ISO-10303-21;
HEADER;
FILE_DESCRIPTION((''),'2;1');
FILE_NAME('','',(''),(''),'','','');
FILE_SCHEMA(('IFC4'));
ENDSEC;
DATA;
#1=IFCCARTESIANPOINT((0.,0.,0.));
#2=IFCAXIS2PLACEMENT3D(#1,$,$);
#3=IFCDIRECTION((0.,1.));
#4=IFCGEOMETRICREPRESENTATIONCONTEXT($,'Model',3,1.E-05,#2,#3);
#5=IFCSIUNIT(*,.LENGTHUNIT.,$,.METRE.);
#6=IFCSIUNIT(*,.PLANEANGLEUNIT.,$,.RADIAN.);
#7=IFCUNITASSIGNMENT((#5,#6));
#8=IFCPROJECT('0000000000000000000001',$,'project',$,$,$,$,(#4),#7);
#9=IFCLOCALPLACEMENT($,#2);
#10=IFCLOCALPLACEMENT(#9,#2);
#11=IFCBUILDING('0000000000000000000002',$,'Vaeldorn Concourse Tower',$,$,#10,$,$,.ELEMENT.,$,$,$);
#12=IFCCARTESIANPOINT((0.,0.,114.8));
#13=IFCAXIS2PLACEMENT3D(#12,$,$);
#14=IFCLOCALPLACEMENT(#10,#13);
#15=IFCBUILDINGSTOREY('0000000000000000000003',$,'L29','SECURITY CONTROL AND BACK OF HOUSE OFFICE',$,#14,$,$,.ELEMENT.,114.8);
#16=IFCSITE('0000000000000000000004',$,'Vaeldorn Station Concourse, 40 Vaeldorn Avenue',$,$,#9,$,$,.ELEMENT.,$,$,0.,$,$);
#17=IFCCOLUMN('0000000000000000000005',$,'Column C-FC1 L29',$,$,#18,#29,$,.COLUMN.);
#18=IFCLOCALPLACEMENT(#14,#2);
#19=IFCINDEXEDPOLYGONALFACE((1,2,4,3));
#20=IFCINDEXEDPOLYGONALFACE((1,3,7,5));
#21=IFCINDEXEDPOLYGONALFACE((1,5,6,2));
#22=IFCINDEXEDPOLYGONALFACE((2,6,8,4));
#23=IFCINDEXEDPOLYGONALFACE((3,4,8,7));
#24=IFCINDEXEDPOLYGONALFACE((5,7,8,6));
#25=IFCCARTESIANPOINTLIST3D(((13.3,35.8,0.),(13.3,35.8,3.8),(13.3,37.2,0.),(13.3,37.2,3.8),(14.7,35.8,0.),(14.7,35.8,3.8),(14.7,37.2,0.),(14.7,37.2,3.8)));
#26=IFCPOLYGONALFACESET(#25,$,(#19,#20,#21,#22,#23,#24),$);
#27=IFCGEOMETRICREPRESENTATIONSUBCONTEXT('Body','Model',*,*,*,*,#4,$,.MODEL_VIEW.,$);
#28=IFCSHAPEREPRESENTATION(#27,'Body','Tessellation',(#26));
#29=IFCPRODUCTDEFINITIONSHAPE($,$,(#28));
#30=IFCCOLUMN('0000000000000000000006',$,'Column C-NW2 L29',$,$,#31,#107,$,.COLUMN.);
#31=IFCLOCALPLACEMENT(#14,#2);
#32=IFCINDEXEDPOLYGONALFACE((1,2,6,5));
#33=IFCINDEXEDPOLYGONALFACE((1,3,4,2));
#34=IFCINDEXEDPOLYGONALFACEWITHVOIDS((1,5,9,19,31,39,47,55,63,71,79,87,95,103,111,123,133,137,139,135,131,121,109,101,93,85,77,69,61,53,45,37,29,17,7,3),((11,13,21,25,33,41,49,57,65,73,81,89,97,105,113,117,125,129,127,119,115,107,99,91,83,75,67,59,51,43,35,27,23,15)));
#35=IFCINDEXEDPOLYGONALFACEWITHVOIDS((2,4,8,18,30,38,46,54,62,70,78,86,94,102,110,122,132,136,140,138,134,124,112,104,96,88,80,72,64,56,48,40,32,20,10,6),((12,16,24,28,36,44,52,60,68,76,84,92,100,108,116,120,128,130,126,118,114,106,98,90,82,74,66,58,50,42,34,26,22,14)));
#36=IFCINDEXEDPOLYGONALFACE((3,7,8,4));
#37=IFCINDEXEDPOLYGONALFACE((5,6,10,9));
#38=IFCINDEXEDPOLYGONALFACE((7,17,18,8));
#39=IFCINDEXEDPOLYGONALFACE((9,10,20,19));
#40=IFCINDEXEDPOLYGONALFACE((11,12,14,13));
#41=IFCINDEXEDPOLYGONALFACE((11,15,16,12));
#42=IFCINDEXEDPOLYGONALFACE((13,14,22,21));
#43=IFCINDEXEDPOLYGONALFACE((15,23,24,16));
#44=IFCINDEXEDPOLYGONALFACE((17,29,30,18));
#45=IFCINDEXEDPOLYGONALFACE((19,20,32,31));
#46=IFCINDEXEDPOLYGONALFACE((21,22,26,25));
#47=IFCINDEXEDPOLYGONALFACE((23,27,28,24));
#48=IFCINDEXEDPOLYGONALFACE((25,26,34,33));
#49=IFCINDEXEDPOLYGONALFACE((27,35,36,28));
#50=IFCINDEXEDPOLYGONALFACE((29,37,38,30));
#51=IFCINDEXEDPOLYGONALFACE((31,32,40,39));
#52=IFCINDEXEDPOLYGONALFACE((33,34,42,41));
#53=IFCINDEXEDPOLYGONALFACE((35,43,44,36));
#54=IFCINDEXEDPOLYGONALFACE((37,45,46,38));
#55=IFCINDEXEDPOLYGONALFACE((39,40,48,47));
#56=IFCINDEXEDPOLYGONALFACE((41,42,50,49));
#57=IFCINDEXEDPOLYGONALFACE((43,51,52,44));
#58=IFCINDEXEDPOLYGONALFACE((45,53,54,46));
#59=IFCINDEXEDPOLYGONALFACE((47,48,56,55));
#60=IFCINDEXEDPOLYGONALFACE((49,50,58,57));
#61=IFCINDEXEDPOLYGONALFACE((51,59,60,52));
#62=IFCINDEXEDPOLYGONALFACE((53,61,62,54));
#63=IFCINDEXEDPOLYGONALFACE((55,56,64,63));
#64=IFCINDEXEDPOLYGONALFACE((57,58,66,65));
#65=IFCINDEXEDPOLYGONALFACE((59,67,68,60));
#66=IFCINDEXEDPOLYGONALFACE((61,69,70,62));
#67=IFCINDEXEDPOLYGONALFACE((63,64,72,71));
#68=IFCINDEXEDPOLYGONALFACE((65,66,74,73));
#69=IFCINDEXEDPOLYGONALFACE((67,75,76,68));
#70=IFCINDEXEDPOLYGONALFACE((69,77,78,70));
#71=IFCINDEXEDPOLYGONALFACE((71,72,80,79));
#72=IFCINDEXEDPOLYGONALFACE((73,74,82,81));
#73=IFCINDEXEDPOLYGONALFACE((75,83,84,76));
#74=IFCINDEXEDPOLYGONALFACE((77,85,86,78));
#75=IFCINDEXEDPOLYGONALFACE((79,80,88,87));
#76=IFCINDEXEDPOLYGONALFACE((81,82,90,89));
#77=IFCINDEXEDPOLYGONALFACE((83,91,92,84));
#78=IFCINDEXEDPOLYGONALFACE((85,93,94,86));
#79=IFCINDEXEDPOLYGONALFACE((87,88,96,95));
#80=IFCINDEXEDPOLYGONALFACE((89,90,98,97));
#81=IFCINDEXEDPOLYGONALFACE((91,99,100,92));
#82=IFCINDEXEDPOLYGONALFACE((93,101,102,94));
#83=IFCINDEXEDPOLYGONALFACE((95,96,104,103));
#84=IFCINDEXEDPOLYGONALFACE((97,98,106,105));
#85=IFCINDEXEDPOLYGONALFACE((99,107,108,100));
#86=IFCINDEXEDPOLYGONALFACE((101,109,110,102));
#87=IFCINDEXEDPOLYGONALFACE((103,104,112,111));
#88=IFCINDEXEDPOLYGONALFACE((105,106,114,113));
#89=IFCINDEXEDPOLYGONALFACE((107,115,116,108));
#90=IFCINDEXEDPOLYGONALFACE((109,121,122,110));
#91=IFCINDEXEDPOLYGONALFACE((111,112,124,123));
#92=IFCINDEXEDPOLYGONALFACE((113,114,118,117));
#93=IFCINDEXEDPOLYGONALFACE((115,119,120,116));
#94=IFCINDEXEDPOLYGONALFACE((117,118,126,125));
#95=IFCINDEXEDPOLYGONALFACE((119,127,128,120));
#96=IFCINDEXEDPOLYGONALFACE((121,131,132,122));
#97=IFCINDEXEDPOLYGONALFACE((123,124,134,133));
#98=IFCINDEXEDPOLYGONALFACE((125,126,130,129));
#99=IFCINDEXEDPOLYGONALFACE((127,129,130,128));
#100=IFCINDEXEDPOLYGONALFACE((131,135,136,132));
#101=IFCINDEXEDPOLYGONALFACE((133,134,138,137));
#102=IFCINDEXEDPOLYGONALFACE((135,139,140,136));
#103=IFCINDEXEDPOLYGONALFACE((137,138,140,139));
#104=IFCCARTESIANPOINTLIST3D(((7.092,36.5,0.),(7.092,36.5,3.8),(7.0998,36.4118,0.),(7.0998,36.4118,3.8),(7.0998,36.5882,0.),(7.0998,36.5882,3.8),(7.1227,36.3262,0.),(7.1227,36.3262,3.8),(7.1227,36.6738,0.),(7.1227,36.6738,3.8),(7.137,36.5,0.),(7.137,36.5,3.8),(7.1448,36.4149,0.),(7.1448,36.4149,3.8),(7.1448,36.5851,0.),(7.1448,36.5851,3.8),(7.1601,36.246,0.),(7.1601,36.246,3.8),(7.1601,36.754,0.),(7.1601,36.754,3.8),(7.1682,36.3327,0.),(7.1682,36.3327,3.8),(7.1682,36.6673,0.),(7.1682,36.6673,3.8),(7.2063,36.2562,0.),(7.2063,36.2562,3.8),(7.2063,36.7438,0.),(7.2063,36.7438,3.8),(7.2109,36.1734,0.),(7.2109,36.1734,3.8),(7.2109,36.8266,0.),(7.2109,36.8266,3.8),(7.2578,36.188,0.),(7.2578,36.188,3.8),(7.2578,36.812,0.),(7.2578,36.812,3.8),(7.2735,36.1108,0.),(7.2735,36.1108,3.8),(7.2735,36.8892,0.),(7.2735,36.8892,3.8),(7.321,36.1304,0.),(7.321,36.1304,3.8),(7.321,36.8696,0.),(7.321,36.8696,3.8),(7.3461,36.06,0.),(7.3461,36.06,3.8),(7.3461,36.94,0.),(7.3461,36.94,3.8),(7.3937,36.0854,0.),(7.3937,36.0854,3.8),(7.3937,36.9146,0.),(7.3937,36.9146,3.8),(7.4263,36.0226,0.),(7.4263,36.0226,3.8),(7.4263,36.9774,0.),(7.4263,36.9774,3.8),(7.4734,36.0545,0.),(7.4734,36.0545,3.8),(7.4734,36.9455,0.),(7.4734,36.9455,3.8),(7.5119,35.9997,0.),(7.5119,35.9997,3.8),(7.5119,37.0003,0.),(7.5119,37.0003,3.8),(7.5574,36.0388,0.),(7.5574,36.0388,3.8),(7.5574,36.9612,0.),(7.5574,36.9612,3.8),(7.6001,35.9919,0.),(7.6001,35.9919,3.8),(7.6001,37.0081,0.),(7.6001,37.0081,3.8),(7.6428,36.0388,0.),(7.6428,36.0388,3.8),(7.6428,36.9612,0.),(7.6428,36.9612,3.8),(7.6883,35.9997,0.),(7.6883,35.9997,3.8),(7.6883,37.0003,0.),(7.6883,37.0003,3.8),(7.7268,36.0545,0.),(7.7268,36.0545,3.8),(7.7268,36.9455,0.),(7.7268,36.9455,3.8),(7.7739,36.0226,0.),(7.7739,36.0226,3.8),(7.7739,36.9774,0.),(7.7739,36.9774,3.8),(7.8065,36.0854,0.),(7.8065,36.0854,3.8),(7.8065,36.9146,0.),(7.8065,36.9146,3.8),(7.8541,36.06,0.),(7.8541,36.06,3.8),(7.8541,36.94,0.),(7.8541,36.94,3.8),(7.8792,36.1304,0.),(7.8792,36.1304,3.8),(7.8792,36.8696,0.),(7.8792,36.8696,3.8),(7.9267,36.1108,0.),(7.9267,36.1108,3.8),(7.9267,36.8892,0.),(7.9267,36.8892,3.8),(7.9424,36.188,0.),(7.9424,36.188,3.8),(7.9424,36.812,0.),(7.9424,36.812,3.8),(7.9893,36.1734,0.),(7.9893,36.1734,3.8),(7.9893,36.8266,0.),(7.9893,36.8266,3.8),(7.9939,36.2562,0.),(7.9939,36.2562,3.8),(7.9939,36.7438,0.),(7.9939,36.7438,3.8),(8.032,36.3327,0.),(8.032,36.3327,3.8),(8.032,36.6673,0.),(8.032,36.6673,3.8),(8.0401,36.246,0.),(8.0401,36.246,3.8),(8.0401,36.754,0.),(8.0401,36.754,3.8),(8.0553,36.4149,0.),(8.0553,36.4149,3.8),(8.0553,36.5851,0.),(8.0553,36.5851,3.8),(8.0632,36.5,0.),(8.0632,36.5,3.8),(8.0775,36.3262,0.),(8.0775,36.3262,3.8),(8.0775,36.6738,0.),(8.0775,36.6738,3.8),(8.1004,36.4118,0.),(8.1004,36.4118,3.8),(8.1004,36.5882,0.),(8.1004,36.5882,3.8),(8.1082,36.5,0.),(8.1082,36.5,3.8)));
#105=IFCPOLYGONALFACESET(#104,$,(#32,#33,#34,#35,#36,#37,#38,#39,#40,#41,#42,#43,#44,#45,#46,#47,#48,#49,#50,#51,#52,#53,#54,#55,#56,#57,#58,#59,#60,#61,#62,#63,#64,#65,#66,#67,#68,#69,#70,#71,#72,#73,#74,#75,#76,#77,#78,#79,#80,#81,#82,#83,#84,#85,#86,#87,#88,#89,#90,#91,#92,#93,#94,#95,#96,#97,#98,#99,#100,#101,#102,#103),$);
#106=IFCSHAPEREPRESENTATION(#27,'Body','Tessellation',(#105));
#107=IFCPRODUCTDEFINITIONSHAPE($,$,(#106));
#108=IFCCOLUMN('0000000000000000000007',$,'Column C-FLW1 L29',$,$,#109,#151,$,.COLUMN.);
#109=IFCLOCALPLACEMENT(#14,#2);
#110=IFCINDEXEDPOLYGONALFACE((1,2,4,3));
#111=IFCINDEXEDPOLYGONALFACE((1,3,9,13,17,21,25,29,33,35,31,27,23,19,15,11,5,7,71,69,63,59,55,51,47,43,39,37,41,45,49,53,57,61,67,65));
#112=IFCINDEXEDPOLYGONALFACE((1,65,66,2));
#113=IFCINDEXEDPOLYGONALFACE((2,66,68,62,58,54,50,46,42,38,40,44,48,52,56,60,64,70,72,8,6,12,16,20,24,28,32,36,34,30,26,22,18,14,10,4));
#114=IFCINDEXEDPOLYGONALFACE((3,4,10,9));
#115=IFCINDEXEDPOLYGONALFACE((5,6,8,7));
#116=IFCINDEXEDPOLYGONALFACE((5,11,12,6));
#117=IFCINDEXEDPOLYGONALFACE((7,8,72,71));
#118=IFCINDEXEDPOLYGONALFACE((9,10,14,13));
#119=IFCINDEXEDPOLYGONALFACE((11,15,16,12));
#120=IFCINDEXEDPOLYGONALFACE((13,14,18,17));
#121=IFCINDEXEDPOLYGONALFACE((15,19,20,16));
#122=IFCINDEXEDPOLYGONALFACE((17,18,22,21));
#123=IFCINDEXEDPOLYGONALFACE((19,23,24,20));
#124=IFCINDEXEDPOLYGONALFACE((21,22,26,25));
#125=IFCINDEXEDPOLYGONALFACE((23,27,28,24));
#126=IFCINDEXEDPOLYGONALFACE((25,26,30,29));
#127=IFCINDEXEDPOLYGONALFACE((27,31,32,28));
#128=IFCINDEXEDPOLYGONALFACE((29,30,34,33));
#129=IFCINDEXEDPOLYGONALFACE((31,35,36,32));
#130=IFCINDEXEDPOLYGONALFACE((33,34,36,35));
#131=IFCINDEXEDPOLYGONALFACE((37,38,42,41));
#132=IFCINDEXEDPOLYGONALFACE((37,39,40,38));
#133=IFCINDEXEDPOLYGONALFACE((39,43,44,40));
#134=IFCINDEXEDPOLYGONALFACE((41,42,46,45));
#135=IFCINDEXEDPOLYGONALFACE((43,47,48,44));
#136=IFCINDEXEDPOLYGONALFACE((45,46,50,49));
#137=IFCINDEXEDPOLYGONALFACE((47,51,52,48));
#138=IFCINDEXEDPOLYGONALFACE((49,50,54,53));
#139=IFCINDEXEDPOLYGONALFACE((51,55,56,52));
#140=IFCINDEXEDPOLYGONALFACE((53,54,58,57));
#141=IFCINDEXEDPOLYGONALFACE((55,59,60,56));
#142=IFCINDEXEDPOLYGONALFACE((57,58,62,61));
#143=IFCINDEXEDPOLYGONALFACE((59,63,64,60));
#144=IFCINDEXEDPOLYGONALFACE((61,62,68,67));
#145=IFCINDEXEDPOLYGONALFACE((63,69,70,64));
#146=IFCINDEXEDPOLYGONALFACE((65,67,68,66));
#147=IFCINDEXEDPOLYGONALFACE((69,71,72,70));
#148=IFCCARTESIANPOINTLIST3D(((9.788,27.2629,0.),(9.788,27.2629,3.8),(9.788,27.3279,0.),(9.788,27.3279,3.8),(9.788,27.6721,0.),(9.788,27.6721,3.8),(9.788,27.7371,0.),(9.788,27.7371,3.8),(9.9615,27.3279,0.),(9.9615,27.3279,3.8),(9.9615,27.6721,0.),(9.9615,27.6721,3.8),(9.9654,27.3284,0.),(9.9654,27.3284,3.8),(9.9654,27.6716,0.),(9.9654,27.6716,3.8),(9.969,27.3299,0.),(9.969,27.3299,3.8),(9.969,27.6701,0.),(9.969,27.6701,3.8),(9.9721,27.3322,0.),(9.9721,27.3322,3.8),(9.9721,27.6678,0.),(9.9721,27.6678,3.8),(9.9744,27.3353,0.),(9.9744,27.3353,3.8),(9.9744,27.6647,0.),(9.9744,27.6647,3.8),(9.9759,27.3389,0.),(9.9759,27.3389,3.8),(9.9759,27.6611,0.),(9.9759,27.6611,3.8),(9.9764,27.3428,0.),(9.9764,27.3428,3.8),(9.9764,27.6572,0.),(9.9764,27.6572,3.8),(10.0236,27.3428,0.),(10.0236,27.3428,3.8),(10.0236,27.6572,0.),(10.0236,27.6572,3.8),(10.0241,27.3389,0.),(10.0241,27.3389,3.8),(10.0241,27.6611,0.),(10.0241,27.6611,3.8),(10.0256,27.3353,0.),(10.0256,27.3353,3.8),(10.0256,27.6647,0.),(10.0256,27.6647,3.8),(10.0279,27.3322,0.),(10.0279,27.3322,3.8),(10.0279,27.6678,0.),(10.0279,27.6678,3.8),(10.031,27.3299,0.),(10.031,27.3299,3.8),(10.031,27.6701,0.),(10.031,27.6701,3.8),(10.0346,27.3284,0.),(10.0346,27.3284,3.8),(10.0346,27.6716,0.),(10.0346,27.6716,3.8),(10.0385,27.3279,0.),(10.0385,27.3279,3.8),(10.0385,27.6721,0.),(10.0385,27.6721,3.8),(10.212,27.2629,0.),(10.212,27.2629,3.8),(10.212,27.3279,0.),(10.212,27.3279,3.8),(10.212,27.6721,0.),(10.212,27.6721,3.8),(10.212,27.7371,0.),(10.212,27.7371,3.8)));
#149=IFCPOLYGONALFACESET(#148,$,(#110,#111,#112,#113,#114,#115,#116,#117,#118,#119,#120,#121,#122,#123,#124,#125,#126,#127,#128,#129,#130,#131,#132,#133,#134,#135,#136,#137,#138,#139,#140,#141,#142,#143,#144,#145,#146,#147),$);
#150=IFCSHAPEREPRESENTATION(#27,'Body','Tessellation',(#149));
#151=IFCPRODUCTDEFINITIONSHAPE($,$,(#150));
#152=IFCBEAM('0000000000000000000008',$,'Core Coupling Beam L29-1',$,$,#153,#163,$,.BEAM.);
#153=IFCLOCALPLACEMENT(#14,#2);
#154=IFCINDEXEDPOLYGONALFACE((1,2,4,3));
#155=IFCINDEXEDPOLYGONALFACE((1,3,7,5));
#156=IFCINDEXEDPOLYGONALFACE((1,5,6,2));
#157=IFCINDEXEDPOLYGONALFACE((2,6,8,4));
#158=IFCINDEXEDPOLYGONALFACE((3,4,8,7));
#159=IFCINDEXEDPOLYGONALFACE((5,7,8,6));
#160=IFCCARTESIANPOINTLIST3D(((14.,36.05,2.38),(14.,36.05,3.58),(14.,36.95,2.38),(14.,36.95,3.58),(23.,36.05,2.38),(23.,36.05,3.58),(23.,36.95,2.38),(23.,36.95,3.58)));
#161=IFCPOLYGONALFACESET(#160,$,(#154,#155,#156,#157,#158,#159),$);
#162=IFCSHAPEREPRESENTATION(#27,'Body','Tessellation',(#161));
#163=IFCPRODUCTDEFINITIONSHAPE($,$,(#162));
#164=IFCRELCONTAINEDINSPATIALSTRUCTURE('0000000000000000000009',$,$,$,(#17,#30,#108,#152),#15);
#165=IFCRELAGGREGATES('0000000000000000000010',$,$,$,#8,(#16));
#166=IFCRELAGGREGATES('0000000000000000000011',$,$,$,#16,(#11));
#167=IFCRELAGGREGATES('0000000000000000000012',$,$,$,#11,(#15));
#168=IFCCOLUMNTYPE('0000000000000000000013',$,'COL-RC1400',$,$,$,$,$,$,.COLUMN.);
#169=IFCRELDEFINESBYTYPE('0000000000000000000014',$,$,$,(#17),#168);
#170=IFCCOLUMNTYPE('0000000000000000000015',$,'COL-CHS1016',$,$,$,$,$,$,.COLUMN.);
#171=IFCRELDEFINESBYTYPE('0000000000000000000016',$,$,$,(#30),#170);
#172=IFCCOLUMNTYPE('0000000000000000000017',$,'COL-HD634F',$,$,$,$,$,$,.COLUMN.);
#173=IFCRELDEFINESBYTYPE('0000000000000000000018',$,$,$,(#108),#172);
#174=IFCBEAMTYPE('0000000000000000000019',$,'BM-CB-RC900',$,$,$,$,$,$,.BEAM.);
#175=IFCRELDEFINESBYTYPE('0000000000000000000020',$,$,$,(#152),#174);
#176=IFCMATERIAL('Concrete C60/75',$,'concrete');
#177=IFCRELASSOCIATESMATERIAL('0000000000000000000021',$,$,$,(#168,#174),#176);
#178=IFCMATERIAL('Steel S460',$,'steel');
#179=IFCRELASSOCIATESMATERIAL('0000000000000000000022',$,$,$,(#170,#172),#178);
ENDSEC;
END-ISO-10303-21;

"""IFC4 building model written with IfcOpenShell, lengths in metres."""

from ifc_helpers import new_model, si_unit, direction, frame, origin, origin_2d, place, context, subcontext, project, spatial, rectangle, hollow_circle, i_section, extrude, source, transform, mapped, material, material_profile, profile_set, type_object, element, save


model = new_model("IFC4")

# Units and contexts
model_context = context("Model", 3, precision=1e-05, world=origin(), true_north=direction((0.0, 1.0)))
body_context = subcontext(model_context, "Body", "Model", "MODEL_VIEW")
ifc_project = project(units=[si_unit("LENGTHUNIT", "METRE"), si_unit("PLANEANGLEUNIT", "RADIAN")], contexts=[model_context])

# Site, building, storey
site_placement = place(None, origin())
site = spatial("IfcSite", under=ifc_project, at=site_placement, Name="Vaeldorn Station Concourse, 40 Vaeldorn Avenue", CompositionType="ELEMENT", RefElevation=0.0)
building_placement = place(site_placement, origin())
building = spatial("IfcBuilding", under=site, at=building_placement, Name="Vaeldorn Concourse Tower", CompositionType="ELEMENT")
storey_placement = place(building_placement, frame((0.0, 0.0, 114.8)))
storey = spatial("IfcBuildingStorey", under=building, at=storey_placement, Name="L29", Description="SECURITY CONTROL AND BACK OF HOUSE OFFICE", CompositionType="ELEMENT", Elevation=114.8)

# Columns
ifc_material_1 = material(Name="Concrete C60/75", Category="concrete")
ifc_material_profile_1 = material_profile(ifc_material_1, rectangle(XDim=1.3999, YDim=1.3999, at=origin_2d()), Name="RC 1400x1400")
ifc_profile_set_1 = profile_set([ifc_material_profile_1], Name="Concrete C60/75")
column_type_1 = type_object("IfcColumnType", Name="COL-RC1400", PredefinedType="COLUMN", material=ifc_profile_set_1)
shared_shape_1 = source(origin(), body_context, "Body", "SweptSolid", [
    extrude(rectangle(XDim=1.3999, YDim=1.3999, at=origin_2d()), origin(), (0.0, 0.0, 1.0), 3.8),
])
column_1_placement = place(storey_placement, frame((14.0, 36.5, 0.0), z_axis=(0.0, 0.0, 1.0), x_axis=(1.0, 0.0, 0.0)))
element("IfcColumn", 1, at=column_1_placement, inside=storey, type_object=column_type_1, Name="Column C-FC1 L29", PredefinedType="COLUMN", context=body_context, shape_type="MappedRepresentation", body=[
    mapped(shared_shape_1, transform((0.0, 0.0, 0.0), scale=1.0)),
])
ifc_material_2 = material(Name="Steel S460", Category="steel")
ifc_material_profile_2 = material_profile(ifc_material_2, hollow_circle(Radius=0.5081, WallThickness=0.0449, at=origin_2d()), Name="CHS 1016x45")
ifc_profile_set_2 = profile_set([ifc_material_profile_2], Name="Steel S460")
column_type_2 = type_object("IfcColumnType", Name="COL-CHS1016", PredefinedType="COLUMN", material=ifc_profile_set_2)
shared_shape_2 = source(origin(), body_context, "Body", "SweptSolid", [
    extrude(hollow_circle(Radius=0.5081, WallThickness=0.0449, at=origin_2d()), origin(), (0.0, 0.0, 1.0), 3.8),
])
column_2_placement = place(storey_placement, frame((7.6001, 36.5, 0.0), z_axis=(0.0, 0.0, 1.0), x_axis=(1.0, 0.0, 0.0)))
element("IfcColumn", 2, at=column_2_placement, inside=storey, type_object=column_type_2, Name="Column C-NW2 L29", PredefinedType="COLUMN", context=body_context, shape_type="MappedRepresentation", body=[
    mapped(shared_shape_2, transform((0.0, 0.0, 0.0), scale=1.0)),
])
ifc_material_profile_3 = material_profile(ifc_material_2, i_section(OverallWidth=0.4241, OverallDepth=0.4741, WebThickness=0.0471, FlangeThickness=0.0649, FilletRadius=0.0149, at=origin_2d()), Name="HD 400x634")
ifc_profile_set_3 = profile_set([ifc_material_profile_3], Name="Steel S460")
column_type_3 = type_object("IfcColumnType", Name="COL-HD634F", PredefinedType="COLUMN", material=ifc_profile_set_3)
shared_shape_3 = source(origin(), body_context, "Body", "SweptSolid", [
    extrude(i_section(OverallWidth=0.4241, OverallDepth=0.4741, WebThickness=0.0471, FlangeThickness=0.0649, FilletRadius=0.0149, at=origin_2d()), origin(), (0.0, 0.0, 1.0), 3.8),
])
column_3_placement = place(storey_placement, frame((10.0, 27.5, 0.0), z_axis=(0.0, 0.0, 1.0), x_axis=(1.0, 0.0, 0.0)))
element("IfcColumn", 3, at=column_3_placement, inside=storey, type_object=column_type_3, Name="Column C-FLW1 L29", PredefinedType="COLUMN", context=body_context, shape_type="MappedRepresentation", body=[
    mapped(shared_shape_3, transform((0.0, 0.0, 0.0), scale=1.0)),
])

# Beam
ifc_material_profile_4 = material_profile(ifc_material_1, rectangle(XDim=0.8999, YDim=1.2, at=origin_2d()), Name="RC 900x1200")
ifc_profile_set_4 = profile_set([ifc_material_profile_4], Name="Concrete C60/75")
beam_type_1 = type_object("IfcBeamType", Name="BM-CB-RC900", PredefinedType="BEAM", material=ifc_profile_set_4)
shared_shape_4 = source(origin(), body_context, "Body", "SweptSolid", [
    extrude(rectangle(XDim=0.8999, YDim=1.2, at=origin_2d()), origin(), (0.0, 0.0, 1.0), 9.0),
])
beam_1_placement = place(storey_placement, frame((14.0, 36.5, 2.98), z_axis=(1.0, 0.0, 0.0), x_axis=(0.0, 1.0, 0.0)))
element("IfcBeam", 4, at=beam_1_placement, inside=storey, type_object=beam_type_1, Name="Core Coupling Beam L29-1", PredefinedType="BEAM", context=body_context, shape_type="MappedRepresentation", body=[
    mapped(shared_shape_4, transform((0.0, 0.0, 0.0), scale=1.0)),
])

save(model, "model.ifc")
